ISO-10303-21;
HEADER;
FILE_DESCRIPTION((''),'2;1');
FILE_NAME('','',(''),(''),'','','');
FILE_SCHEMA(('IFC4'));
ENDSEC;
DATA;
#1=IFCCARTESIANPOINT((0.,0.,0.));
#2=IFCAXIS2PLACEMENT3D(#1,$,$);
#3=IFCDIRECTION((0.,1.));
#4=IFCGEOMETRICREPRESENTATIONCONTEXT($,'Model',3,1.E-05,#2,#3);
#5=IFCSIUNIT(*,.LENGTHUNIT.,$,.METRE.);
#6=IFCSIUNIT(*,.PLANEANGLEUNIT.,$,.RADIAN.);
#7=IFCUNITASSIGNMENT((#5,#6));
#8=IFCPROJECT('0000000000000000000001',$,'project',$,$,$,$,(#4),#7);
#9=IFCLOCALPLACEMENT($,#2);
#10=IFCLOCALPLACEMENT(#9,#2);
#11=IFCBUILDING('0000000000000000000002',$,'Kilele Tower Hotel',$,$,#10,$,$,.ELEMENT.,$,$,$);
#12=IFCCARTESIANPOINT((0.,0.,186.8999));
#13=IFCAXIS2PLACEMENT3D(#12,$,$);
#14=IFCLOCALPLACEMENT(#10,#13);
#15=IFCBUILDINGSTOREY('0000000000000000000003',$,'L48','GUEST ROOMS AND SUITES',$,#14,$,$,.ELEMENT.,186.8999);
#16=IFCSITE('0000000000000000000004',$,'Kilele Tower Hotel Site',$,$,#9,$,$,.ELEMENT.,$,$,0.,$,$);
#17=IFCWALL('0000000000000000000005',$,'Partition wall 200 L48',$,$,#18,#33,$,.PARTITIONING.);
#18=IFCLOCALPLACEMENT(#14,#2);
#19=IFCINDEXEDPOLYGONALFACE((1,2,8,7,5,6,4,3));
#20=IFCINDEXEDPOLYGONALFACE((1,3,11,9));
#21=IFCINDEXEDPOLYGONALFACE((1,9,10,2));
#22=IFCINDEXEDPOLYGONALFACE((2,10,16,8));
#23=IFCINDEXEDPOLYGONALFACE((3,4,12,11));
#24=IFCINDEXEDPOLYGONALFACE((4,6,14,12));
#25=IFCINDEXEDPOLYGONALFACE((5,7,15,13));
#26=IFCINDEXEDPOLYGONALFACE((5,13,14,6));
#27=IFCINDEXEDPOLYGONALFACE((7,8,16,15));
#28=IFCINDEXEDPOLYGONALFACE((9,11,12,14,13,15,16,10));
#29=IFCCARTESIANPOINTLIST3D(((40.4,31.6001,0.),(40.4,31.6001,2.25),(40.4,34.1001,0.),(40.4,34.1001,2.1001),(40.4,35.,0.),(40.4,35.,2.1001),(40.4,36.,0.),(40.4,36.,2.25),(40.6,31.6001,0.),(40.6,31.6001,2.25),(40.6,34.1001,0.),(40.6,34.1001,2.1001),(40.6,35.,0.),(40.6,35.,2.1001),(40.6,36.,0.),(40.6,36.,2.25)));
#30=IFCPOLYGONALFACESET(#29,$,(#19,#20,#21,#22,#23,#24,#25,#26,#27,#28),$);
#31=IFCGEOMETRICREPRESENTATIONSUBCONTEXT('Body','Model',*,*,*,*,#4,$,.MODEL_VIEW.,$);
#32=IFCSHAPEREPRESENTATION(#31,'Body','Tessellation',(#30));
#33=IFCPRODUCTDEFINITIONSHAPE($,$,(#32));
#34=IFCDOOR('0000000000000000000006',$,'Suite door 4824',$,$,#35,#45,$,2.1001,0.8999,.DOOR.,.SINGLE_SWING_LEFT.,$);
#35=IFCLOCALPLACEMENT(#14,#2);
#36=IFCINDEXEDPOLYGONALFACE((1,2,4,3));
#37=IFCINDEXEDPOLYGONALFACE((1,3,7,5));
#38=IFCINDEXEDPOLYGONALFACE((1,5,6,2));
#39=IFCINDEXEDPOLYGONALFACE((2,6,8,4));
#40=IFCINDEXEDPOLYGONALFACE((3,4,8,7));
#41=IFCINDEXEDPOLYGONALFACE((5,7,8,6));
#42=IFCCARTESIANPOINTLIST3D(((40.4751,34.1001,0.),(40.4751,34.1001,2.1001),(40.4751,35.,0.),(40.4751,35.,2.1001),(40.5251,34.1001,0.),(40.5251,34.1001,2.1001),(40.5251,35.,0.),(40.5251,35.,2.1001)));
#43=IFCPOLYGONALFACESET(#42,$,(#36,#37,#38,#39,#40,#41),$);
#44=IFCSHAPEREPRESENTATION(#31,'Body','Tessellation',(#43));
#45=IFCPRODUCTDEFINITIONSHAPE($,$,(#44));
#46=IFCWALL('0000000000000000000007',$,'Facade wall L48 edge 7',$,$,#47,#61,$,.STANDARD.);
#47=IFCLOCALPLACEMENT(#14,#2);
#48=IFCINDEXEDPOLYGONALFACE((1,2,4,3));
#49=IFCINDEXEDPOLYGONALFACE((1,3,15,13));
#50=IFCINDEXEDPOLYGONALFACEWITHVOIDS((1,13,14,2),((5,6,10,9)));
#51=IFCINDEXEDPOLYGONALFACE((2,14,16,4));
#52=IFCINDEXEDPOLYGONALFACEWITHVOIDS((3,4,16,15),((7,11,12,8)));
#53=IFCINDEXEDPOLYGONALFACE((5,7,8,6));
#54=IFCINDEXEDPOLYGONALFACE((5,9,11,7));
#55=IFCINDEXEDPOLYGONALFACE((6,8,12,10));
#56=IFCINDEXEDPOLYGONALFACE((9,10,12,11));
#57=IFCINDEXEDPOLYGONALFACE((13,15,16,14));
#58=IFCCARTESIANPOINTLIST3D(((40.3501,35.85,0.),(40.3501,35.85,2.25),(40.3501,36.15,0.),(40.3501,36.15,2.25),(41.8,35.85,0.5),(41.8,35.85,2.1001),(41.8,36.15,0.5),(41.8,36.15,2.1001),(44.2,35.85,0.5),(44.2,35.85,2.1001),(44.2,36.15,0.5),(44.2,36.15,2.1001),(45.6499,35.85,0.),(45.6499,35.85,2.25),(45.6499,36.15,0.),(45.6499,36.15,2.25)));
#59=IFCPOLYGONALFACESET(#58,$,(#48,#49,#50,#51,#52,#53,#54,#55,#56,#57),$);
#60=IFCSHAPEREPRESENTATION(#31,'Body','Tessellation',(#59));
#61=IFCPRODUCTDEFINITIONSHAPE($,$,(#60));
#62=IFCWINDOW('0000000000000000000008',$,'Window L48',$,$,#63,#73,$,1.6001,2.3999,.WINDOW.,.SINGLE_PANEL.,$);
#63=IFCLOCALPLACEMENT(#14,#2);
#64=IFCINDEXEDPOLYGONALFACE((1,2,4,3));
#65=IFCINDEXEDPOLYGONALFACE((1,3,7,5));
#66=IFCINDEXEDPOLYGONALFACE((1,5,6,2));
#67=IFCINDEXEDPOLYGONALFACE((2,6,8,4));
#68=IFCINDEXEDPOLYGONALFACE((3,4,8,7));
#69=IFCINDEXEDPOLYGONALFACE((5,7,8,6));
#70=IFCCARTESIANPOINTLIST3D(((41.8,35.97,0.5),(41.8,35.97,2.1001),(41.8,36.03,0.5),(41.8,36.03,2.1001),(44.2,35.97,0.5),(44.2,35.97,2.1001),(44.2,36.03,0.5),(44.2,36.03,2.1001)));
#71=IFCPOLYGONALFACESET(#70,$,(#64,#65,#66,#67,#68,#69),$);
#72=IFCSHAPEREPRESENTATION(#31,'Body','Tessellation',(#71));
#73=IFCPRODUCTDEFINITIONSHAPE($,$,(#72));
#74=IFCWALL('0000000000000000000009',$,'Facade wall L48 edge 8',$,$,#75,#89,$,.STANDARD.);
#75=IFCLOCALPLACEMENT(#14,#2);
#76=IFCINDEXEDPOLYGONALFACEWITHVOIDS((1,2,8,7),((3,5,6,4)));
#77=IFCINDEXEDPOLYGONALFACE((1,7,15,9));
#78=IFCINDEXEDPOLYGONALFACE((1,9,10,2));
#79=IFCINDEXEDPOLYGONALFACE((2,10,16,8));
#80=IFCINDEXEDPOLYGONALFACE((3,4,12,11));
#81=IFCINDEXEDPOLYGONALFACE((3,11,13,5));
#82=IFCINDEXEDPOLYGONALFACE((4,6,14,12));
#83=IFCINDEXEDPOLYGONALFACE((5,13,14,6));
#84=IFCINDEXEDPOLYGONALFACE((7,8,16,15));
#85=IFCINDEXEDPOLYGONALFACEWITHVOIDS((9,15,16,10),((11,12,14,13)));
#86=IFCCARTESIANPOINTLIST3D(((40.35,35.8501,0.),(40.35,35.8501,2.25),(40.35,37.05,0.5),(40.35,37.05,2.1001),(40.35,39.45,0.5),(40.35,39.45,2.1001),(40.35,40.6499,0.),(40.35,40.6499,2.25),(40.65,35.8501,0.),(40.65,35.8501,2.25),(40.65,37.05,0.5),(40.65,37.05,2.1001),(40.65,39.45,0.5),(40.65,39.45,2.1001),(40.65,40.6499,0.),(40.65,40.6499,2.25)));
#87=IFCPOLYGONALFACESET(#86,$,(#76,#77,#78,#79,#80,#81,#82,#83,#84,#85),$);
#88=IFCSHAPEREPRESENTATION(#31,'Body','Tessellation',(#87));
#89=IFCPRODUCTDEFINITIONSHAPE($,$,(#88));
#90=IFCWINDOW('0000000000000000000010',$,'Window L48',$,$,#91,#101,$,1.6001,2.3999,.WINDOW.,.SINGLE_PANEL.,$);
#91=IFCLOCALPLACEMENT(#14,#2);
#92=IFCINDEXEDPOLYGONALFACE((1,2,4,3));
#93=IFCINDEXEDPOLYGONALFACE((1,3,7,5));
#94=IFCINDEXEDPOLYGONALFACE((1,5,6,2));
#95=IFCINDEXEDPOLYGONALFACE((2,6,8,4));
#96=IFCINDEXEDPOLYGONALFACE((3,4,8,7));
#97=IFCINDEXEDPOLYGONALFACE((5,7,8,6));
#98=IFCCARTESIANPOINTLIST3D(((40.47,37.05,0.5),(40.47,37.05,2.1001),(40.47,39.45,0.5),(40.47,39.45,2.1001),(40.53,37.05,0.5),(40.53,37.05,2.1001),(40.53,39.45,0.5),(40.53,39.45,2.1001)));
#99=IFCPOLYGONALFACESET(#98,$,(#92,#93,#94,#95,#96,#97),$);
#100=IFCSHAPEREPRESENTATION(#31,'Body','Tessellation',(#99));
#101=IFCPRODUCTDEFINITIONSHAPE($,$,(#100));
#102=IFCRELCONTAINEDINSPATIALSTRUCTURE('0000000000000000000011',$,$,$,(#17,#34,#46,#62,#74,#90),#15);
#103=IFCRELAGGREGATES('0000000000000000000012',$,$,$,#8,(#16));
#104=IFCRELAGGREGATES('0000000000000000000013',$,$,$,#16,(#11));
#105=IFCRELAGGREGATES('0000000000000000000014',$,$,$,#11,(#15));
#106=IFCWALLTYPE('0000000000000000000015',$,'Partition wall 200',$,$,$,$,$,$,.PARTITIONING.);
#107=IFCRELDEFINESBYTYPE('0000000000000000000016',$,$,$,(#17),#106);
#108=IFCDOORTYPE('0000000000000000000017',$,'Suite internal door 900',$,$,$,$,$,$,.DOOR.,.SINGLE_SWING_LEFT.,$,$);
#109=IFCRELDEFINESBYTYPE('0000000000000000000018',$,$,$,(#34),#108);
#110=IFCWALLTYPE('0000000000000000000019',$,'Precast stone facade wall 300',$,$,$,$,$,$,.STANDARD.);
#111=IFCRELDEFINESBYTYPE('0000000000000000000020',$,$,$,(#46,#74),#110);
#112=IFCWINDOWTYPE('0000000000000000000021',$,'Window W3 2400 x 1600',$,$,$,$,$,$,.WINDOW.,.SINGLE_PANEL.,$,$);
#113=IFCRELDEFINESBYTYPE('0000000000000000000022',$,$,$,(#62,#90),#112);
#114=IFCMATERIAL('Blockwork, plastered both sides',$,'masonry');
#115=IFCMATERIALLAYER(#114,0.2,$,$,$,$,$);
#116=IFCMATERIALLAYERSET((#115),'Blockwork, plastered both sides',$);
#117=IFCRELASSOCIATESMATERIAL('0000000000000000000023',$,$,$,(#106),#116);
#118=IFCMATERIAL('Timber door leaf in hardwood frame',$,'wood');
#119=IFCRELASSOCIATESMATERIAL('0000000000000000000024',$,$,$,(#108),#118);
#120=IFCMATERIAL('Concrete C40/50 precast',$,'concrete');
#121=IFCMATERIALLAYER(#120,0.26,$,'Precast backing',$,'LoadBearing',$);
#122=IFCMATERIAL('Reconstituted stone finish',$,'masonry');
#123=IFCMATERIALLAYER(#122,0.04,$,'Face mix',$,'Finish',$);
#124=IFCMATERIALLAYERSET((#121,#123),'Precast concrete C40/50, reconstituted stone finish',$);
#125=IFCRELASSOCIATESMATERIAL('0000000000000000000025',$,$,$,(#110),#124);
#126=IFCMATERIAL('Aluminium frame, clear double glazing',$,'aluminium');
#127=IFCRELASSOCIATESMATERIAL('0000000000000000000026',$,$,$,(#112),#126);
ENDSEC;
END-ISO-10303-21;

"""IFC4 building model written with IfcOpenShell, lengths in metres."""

from ifc_helpers import new_model, si_unit, direction, frame, frame_2d, origin, place, context, subcontext, project, spatial, rectangle, extrude, material, layer, layer_set, type_object, element, fill, save


model = new_model("IFC4")

# Units and contexts
model_context = context("Model", 3, precision=1e-05, world=origin(), true_north=direction((0.0, 1.0)))
body_context = subcontext(model_context, "Body", "Model", "MODEL_VIEW")
ifc_project = project(units=[si_unit("LENGTHUNIT", "METRE"), si_unit("PLANEANGLEUNIT", "RADIAN")], contexts=[model_context])

# Site, building, storey
site_placement = place(None, origin())
site = spatial("IfcSite", under=ifc_project, at=site_placement, Name="Kilele Tower Hotel Site", CompositionType="ELEMENT", RefElevation=0.0)
building_placement = place(site_placement, origin())
building = spatial("IfcBuilding", under=site, at=building_placement, Name="Kilele Tower Hotel", CompositionType="ELEMENT")
storey_placement = place(building_placement, frame((0.0, 0.0, 186.8999)))
storey = spatial("IfcBuildingStorey", under=building, at=storey_placement, Name="L48", Description="GUEST ROOMS AND SUITES", CompositionType="ELEMENT", Elevation=186.8999)

# Wall, opening, door
ifc_material_1 = material(Name="Blockwork, plastered both sides", Category="masonry")
ifc_layer_1 = layer(ifc_material_1, 0.2)
ifc_layer_set_1 = layer_set([ifc_layer_1], Name="Blockwork, plastered both sides")
wall_type_1 = type_object("IfcWallType", Name="Partition wall 200", PredefinedType="PARTITIONING", material=ifc_layer_set_1)
wall_1_placement = place(storey_placement, frame((40.5, 31.6001, 0.0), z_axis=(0.0, 0.0, 1.0), x_axis=(0.0, 1.0, 0.0)))
wall_1 = element("IfcWall", 1, at=wall_1_placement, inside=storey, type_object=wall_type_1, Name="Partition wall 200 L48", PredefinedType="PARTITIONING", context=body_context, shape_type="SweptSolid", body=[
    extrude(rectangle(XDim=4.3999, YDim=0.2, at=frame_2d((2.2, 0.0))), origin(), (0.0, 0.0, 1.0), 2.25),
])
opening_1_placement = place(wall_1_placement, frame((2.5, 0.0, 0.0)))
opening_1 = element("IfcOpeningElement", 2, at=opening_1_placement, cuts=wall_1, PredefinedType="OPENING", context=body_context, shape_type="SweptSolid", body=[
    extrude(rectangle(XDim=0.8999, YDim=2.1001, at=frame_2d((0.45, 1.05))), frame((0.0, 0.1099, 0.0), z_axis=(0.0, -1.0, 0.0), x_axis=(1.0, 0.0, 0.0)), (0.0, 0.0, 1.0), 0.22),
])
ifc_material_2 = material(Name="Timber door leaf in hardwood frame", Category="wood")
door_type_1 = type_object("IfcDoorType", Name="Suite internal door 900", OperationType="SINGLE_SWING_LEFT", PredefinedType="DOOR", material=ifc_material_2)
door_1_placement = place(opening_1_placement, origin())
door_1 = element("IfcDoor", 3, at=door_1_placement, inside=storey, type_object=door_type_1, Name="Suite door 4824", OperationType="SINGLE_SWING_LEFT", OverallHeight=2.1001, OverallWidth=0.8999, PredefinedType="DOOR", context=body_context, shape_type="SweptSolid", body=[
    extrude(rectangle(XDim=0.8999, YDim=2.1001, at=frame_2d((0.45, 1.05))), frame((0.0, 0.0249, 0.0), z_axis=(0.0, -1.0, 0.0), x_axis=(1.0, 0.0, 0.0)), (0.0, 0.0, 1.0), 0.05),
])
fill(opening_1, door_1)

# Walls, openings, windows
ifc_material_3 = material(Name="Concrete C40/50 precast", Category="concrete")
ifc_layer_2 = layer(ifc_material_3, 0.26, Name="Precast backing", Category="LoadBearing")
ifc_material_4 = material(Name="Reconstituted stone finish", Category="masonry")
ifc_layer_3 = layer(ifc_material_4, 0.04, Name="Face mix", Category="Finish")
ifc_layer_set_2 = layer_set([ifc_layer_2, ifc_layer_3], Name="Precast concrete C40/50, reconstituted stone finish")
wall_type_2 = type_object("IfcWallType", Name="Precast stone facade wall 300", PredefinedType="STANDARD", material=ifc_layer_set_2)
wall_2_placement = place(storey_placement, frame((45.6499, 36.0, 0.0), z_axis=(0.0, 0.0, 1.0), x_axis=(-1.0, 0.0, 0.0)))
wall_2 = element("IfcWall", 4, at=wall_2_placement, inside=storey, type_object=wall_type_2, Name="Facade wall L48 edge 7", PredefinedType="STANDARD", context=body_context, shape_type="SweptSolid", body=[
    extrude(rectangle(XDim=5.2998, YDim=0.3, at=frame_2d((2.6499, 0.0))), origin(), (0.0, 0.0, 1.0), 2.25),
])
opening_2_placement = place(wall_2_placement, frame((1.45, 0.0, 0.5)))
opening_2 = element("IfcOpeningElement", 5, at=opening_2_placement, cuts=wall_2, PredefinedType="OPENING", context=body_context, shape_type="SweptSolid", body=[
    extrude(rectangle(XDim=2.3999, YDim=1.6001, at=frame_2d((1.2, 0.8))), frame((0.0, 0.1599, 0.0), z_axis=(0.0, -1.0, 0.0), x_axis=(1.0, 0.0, 0.0)), (0.0, 0.0, 1.0), 0.3201),
])
ifc_material_5 = material(Name="Aluminium frame, clear double glazing", Category="aluminium")
window_type = type_object("IfcWindowType", Name="Window W3 2400 x 1600", PartitioningType="SINGLE_PANEL", PredefinedType="WINDOW", material=ifc_material_5)
window_1_placement = place(opening_2_placement, origin())
window_1 = element("IfcWindow", 6, at=window_1_placement, inside=storey, type_object=window_type, Name="Window L48", OverallHeight=1.6001, OverallWidth=2.3999, PartitioningType="SINGLE_PANEL", PredefinedType="WINDOW", context=body_context, shape_type="SweptSolid", body=[
    extrude(rectangle(XDim=2.3999, YDim=1.6001, at=frame_2d((1.2, 0.8))), frame((0.0, 0.03, 0.0), z_axis=(0.0, -1.0, 0.0), x_axis=(1.0, 0.0, 0.0)), (0.0, 0.0, 1.0), 0.0601),
])
fill(opening_2, window_1)
wall_3_placement = place(storey_placement, frame((40.5, 35.8501, 0.0), z_axis=(0.0, 0.0, 1.0), x_axis=(0.0, 1.0, 0.0)))
wall_3 = element("IfcWall", 7, at=wall_3_placement, inside=storey, type_object=wall_type_2, Name="Facade wall L48 edge 8", PredefinedType="STANDARD", context=body_context, shape_type="SweptSolid", body=[
    extrude(rectangle(XDim=4.7998, YDim=0.3, at=frame_2d((2.3999, 0.0))), origin(), (0.0, 0.0, 1.0), 2.25),
])
opening_3_placement = place(wall_3_placement, frame((1.2, 0.0, 0.5)))
opening_3 = element("IfcOpeningElement", 8, at=opening_3_placement, cuts=wall_3, PredefinedType="OPENING", context=body_context, shape_type="SweptSolid", body=[
    extrude(rectangle(XDim=2.3999, YDim=1.6001, at=frame_2d((1.2, 0.8))), frame((0.0, 0.1599, 0.0), z_axis=(0.0, -1.0, 0.0), x_axis=(1.0, 0.0, 0.0)), (0.0, 0.0, 1.0), 0.3201),
])
window_2_placement = place(opening_3_placement, origin())
window_2 = element("IfcWindow", 9, at=window_2_placement, inside=storey, type_object=window_type, Name="Window L48", OverallHeight=1.6001, OverallWidth=2.3999, PartitioningType="SINGLE_PANEL", PredefinedType="WINDOW", context=body_context, shape_type="SweptSolid", body=[
    extrude(rectangle(XDim=2.3999, YDim=1.6001, at=frame_2d((1.2, 0.8))), frame((0.0, 0.03, 0.0), z_axis=(0.0, -1.0, 0.0), x_axis=(1.0, 0.0, 0.0)), (0.0, 0.0, 1.0), 0.0601),
])
fill(opening_3, window_2)

save(model, "model.ifc")
